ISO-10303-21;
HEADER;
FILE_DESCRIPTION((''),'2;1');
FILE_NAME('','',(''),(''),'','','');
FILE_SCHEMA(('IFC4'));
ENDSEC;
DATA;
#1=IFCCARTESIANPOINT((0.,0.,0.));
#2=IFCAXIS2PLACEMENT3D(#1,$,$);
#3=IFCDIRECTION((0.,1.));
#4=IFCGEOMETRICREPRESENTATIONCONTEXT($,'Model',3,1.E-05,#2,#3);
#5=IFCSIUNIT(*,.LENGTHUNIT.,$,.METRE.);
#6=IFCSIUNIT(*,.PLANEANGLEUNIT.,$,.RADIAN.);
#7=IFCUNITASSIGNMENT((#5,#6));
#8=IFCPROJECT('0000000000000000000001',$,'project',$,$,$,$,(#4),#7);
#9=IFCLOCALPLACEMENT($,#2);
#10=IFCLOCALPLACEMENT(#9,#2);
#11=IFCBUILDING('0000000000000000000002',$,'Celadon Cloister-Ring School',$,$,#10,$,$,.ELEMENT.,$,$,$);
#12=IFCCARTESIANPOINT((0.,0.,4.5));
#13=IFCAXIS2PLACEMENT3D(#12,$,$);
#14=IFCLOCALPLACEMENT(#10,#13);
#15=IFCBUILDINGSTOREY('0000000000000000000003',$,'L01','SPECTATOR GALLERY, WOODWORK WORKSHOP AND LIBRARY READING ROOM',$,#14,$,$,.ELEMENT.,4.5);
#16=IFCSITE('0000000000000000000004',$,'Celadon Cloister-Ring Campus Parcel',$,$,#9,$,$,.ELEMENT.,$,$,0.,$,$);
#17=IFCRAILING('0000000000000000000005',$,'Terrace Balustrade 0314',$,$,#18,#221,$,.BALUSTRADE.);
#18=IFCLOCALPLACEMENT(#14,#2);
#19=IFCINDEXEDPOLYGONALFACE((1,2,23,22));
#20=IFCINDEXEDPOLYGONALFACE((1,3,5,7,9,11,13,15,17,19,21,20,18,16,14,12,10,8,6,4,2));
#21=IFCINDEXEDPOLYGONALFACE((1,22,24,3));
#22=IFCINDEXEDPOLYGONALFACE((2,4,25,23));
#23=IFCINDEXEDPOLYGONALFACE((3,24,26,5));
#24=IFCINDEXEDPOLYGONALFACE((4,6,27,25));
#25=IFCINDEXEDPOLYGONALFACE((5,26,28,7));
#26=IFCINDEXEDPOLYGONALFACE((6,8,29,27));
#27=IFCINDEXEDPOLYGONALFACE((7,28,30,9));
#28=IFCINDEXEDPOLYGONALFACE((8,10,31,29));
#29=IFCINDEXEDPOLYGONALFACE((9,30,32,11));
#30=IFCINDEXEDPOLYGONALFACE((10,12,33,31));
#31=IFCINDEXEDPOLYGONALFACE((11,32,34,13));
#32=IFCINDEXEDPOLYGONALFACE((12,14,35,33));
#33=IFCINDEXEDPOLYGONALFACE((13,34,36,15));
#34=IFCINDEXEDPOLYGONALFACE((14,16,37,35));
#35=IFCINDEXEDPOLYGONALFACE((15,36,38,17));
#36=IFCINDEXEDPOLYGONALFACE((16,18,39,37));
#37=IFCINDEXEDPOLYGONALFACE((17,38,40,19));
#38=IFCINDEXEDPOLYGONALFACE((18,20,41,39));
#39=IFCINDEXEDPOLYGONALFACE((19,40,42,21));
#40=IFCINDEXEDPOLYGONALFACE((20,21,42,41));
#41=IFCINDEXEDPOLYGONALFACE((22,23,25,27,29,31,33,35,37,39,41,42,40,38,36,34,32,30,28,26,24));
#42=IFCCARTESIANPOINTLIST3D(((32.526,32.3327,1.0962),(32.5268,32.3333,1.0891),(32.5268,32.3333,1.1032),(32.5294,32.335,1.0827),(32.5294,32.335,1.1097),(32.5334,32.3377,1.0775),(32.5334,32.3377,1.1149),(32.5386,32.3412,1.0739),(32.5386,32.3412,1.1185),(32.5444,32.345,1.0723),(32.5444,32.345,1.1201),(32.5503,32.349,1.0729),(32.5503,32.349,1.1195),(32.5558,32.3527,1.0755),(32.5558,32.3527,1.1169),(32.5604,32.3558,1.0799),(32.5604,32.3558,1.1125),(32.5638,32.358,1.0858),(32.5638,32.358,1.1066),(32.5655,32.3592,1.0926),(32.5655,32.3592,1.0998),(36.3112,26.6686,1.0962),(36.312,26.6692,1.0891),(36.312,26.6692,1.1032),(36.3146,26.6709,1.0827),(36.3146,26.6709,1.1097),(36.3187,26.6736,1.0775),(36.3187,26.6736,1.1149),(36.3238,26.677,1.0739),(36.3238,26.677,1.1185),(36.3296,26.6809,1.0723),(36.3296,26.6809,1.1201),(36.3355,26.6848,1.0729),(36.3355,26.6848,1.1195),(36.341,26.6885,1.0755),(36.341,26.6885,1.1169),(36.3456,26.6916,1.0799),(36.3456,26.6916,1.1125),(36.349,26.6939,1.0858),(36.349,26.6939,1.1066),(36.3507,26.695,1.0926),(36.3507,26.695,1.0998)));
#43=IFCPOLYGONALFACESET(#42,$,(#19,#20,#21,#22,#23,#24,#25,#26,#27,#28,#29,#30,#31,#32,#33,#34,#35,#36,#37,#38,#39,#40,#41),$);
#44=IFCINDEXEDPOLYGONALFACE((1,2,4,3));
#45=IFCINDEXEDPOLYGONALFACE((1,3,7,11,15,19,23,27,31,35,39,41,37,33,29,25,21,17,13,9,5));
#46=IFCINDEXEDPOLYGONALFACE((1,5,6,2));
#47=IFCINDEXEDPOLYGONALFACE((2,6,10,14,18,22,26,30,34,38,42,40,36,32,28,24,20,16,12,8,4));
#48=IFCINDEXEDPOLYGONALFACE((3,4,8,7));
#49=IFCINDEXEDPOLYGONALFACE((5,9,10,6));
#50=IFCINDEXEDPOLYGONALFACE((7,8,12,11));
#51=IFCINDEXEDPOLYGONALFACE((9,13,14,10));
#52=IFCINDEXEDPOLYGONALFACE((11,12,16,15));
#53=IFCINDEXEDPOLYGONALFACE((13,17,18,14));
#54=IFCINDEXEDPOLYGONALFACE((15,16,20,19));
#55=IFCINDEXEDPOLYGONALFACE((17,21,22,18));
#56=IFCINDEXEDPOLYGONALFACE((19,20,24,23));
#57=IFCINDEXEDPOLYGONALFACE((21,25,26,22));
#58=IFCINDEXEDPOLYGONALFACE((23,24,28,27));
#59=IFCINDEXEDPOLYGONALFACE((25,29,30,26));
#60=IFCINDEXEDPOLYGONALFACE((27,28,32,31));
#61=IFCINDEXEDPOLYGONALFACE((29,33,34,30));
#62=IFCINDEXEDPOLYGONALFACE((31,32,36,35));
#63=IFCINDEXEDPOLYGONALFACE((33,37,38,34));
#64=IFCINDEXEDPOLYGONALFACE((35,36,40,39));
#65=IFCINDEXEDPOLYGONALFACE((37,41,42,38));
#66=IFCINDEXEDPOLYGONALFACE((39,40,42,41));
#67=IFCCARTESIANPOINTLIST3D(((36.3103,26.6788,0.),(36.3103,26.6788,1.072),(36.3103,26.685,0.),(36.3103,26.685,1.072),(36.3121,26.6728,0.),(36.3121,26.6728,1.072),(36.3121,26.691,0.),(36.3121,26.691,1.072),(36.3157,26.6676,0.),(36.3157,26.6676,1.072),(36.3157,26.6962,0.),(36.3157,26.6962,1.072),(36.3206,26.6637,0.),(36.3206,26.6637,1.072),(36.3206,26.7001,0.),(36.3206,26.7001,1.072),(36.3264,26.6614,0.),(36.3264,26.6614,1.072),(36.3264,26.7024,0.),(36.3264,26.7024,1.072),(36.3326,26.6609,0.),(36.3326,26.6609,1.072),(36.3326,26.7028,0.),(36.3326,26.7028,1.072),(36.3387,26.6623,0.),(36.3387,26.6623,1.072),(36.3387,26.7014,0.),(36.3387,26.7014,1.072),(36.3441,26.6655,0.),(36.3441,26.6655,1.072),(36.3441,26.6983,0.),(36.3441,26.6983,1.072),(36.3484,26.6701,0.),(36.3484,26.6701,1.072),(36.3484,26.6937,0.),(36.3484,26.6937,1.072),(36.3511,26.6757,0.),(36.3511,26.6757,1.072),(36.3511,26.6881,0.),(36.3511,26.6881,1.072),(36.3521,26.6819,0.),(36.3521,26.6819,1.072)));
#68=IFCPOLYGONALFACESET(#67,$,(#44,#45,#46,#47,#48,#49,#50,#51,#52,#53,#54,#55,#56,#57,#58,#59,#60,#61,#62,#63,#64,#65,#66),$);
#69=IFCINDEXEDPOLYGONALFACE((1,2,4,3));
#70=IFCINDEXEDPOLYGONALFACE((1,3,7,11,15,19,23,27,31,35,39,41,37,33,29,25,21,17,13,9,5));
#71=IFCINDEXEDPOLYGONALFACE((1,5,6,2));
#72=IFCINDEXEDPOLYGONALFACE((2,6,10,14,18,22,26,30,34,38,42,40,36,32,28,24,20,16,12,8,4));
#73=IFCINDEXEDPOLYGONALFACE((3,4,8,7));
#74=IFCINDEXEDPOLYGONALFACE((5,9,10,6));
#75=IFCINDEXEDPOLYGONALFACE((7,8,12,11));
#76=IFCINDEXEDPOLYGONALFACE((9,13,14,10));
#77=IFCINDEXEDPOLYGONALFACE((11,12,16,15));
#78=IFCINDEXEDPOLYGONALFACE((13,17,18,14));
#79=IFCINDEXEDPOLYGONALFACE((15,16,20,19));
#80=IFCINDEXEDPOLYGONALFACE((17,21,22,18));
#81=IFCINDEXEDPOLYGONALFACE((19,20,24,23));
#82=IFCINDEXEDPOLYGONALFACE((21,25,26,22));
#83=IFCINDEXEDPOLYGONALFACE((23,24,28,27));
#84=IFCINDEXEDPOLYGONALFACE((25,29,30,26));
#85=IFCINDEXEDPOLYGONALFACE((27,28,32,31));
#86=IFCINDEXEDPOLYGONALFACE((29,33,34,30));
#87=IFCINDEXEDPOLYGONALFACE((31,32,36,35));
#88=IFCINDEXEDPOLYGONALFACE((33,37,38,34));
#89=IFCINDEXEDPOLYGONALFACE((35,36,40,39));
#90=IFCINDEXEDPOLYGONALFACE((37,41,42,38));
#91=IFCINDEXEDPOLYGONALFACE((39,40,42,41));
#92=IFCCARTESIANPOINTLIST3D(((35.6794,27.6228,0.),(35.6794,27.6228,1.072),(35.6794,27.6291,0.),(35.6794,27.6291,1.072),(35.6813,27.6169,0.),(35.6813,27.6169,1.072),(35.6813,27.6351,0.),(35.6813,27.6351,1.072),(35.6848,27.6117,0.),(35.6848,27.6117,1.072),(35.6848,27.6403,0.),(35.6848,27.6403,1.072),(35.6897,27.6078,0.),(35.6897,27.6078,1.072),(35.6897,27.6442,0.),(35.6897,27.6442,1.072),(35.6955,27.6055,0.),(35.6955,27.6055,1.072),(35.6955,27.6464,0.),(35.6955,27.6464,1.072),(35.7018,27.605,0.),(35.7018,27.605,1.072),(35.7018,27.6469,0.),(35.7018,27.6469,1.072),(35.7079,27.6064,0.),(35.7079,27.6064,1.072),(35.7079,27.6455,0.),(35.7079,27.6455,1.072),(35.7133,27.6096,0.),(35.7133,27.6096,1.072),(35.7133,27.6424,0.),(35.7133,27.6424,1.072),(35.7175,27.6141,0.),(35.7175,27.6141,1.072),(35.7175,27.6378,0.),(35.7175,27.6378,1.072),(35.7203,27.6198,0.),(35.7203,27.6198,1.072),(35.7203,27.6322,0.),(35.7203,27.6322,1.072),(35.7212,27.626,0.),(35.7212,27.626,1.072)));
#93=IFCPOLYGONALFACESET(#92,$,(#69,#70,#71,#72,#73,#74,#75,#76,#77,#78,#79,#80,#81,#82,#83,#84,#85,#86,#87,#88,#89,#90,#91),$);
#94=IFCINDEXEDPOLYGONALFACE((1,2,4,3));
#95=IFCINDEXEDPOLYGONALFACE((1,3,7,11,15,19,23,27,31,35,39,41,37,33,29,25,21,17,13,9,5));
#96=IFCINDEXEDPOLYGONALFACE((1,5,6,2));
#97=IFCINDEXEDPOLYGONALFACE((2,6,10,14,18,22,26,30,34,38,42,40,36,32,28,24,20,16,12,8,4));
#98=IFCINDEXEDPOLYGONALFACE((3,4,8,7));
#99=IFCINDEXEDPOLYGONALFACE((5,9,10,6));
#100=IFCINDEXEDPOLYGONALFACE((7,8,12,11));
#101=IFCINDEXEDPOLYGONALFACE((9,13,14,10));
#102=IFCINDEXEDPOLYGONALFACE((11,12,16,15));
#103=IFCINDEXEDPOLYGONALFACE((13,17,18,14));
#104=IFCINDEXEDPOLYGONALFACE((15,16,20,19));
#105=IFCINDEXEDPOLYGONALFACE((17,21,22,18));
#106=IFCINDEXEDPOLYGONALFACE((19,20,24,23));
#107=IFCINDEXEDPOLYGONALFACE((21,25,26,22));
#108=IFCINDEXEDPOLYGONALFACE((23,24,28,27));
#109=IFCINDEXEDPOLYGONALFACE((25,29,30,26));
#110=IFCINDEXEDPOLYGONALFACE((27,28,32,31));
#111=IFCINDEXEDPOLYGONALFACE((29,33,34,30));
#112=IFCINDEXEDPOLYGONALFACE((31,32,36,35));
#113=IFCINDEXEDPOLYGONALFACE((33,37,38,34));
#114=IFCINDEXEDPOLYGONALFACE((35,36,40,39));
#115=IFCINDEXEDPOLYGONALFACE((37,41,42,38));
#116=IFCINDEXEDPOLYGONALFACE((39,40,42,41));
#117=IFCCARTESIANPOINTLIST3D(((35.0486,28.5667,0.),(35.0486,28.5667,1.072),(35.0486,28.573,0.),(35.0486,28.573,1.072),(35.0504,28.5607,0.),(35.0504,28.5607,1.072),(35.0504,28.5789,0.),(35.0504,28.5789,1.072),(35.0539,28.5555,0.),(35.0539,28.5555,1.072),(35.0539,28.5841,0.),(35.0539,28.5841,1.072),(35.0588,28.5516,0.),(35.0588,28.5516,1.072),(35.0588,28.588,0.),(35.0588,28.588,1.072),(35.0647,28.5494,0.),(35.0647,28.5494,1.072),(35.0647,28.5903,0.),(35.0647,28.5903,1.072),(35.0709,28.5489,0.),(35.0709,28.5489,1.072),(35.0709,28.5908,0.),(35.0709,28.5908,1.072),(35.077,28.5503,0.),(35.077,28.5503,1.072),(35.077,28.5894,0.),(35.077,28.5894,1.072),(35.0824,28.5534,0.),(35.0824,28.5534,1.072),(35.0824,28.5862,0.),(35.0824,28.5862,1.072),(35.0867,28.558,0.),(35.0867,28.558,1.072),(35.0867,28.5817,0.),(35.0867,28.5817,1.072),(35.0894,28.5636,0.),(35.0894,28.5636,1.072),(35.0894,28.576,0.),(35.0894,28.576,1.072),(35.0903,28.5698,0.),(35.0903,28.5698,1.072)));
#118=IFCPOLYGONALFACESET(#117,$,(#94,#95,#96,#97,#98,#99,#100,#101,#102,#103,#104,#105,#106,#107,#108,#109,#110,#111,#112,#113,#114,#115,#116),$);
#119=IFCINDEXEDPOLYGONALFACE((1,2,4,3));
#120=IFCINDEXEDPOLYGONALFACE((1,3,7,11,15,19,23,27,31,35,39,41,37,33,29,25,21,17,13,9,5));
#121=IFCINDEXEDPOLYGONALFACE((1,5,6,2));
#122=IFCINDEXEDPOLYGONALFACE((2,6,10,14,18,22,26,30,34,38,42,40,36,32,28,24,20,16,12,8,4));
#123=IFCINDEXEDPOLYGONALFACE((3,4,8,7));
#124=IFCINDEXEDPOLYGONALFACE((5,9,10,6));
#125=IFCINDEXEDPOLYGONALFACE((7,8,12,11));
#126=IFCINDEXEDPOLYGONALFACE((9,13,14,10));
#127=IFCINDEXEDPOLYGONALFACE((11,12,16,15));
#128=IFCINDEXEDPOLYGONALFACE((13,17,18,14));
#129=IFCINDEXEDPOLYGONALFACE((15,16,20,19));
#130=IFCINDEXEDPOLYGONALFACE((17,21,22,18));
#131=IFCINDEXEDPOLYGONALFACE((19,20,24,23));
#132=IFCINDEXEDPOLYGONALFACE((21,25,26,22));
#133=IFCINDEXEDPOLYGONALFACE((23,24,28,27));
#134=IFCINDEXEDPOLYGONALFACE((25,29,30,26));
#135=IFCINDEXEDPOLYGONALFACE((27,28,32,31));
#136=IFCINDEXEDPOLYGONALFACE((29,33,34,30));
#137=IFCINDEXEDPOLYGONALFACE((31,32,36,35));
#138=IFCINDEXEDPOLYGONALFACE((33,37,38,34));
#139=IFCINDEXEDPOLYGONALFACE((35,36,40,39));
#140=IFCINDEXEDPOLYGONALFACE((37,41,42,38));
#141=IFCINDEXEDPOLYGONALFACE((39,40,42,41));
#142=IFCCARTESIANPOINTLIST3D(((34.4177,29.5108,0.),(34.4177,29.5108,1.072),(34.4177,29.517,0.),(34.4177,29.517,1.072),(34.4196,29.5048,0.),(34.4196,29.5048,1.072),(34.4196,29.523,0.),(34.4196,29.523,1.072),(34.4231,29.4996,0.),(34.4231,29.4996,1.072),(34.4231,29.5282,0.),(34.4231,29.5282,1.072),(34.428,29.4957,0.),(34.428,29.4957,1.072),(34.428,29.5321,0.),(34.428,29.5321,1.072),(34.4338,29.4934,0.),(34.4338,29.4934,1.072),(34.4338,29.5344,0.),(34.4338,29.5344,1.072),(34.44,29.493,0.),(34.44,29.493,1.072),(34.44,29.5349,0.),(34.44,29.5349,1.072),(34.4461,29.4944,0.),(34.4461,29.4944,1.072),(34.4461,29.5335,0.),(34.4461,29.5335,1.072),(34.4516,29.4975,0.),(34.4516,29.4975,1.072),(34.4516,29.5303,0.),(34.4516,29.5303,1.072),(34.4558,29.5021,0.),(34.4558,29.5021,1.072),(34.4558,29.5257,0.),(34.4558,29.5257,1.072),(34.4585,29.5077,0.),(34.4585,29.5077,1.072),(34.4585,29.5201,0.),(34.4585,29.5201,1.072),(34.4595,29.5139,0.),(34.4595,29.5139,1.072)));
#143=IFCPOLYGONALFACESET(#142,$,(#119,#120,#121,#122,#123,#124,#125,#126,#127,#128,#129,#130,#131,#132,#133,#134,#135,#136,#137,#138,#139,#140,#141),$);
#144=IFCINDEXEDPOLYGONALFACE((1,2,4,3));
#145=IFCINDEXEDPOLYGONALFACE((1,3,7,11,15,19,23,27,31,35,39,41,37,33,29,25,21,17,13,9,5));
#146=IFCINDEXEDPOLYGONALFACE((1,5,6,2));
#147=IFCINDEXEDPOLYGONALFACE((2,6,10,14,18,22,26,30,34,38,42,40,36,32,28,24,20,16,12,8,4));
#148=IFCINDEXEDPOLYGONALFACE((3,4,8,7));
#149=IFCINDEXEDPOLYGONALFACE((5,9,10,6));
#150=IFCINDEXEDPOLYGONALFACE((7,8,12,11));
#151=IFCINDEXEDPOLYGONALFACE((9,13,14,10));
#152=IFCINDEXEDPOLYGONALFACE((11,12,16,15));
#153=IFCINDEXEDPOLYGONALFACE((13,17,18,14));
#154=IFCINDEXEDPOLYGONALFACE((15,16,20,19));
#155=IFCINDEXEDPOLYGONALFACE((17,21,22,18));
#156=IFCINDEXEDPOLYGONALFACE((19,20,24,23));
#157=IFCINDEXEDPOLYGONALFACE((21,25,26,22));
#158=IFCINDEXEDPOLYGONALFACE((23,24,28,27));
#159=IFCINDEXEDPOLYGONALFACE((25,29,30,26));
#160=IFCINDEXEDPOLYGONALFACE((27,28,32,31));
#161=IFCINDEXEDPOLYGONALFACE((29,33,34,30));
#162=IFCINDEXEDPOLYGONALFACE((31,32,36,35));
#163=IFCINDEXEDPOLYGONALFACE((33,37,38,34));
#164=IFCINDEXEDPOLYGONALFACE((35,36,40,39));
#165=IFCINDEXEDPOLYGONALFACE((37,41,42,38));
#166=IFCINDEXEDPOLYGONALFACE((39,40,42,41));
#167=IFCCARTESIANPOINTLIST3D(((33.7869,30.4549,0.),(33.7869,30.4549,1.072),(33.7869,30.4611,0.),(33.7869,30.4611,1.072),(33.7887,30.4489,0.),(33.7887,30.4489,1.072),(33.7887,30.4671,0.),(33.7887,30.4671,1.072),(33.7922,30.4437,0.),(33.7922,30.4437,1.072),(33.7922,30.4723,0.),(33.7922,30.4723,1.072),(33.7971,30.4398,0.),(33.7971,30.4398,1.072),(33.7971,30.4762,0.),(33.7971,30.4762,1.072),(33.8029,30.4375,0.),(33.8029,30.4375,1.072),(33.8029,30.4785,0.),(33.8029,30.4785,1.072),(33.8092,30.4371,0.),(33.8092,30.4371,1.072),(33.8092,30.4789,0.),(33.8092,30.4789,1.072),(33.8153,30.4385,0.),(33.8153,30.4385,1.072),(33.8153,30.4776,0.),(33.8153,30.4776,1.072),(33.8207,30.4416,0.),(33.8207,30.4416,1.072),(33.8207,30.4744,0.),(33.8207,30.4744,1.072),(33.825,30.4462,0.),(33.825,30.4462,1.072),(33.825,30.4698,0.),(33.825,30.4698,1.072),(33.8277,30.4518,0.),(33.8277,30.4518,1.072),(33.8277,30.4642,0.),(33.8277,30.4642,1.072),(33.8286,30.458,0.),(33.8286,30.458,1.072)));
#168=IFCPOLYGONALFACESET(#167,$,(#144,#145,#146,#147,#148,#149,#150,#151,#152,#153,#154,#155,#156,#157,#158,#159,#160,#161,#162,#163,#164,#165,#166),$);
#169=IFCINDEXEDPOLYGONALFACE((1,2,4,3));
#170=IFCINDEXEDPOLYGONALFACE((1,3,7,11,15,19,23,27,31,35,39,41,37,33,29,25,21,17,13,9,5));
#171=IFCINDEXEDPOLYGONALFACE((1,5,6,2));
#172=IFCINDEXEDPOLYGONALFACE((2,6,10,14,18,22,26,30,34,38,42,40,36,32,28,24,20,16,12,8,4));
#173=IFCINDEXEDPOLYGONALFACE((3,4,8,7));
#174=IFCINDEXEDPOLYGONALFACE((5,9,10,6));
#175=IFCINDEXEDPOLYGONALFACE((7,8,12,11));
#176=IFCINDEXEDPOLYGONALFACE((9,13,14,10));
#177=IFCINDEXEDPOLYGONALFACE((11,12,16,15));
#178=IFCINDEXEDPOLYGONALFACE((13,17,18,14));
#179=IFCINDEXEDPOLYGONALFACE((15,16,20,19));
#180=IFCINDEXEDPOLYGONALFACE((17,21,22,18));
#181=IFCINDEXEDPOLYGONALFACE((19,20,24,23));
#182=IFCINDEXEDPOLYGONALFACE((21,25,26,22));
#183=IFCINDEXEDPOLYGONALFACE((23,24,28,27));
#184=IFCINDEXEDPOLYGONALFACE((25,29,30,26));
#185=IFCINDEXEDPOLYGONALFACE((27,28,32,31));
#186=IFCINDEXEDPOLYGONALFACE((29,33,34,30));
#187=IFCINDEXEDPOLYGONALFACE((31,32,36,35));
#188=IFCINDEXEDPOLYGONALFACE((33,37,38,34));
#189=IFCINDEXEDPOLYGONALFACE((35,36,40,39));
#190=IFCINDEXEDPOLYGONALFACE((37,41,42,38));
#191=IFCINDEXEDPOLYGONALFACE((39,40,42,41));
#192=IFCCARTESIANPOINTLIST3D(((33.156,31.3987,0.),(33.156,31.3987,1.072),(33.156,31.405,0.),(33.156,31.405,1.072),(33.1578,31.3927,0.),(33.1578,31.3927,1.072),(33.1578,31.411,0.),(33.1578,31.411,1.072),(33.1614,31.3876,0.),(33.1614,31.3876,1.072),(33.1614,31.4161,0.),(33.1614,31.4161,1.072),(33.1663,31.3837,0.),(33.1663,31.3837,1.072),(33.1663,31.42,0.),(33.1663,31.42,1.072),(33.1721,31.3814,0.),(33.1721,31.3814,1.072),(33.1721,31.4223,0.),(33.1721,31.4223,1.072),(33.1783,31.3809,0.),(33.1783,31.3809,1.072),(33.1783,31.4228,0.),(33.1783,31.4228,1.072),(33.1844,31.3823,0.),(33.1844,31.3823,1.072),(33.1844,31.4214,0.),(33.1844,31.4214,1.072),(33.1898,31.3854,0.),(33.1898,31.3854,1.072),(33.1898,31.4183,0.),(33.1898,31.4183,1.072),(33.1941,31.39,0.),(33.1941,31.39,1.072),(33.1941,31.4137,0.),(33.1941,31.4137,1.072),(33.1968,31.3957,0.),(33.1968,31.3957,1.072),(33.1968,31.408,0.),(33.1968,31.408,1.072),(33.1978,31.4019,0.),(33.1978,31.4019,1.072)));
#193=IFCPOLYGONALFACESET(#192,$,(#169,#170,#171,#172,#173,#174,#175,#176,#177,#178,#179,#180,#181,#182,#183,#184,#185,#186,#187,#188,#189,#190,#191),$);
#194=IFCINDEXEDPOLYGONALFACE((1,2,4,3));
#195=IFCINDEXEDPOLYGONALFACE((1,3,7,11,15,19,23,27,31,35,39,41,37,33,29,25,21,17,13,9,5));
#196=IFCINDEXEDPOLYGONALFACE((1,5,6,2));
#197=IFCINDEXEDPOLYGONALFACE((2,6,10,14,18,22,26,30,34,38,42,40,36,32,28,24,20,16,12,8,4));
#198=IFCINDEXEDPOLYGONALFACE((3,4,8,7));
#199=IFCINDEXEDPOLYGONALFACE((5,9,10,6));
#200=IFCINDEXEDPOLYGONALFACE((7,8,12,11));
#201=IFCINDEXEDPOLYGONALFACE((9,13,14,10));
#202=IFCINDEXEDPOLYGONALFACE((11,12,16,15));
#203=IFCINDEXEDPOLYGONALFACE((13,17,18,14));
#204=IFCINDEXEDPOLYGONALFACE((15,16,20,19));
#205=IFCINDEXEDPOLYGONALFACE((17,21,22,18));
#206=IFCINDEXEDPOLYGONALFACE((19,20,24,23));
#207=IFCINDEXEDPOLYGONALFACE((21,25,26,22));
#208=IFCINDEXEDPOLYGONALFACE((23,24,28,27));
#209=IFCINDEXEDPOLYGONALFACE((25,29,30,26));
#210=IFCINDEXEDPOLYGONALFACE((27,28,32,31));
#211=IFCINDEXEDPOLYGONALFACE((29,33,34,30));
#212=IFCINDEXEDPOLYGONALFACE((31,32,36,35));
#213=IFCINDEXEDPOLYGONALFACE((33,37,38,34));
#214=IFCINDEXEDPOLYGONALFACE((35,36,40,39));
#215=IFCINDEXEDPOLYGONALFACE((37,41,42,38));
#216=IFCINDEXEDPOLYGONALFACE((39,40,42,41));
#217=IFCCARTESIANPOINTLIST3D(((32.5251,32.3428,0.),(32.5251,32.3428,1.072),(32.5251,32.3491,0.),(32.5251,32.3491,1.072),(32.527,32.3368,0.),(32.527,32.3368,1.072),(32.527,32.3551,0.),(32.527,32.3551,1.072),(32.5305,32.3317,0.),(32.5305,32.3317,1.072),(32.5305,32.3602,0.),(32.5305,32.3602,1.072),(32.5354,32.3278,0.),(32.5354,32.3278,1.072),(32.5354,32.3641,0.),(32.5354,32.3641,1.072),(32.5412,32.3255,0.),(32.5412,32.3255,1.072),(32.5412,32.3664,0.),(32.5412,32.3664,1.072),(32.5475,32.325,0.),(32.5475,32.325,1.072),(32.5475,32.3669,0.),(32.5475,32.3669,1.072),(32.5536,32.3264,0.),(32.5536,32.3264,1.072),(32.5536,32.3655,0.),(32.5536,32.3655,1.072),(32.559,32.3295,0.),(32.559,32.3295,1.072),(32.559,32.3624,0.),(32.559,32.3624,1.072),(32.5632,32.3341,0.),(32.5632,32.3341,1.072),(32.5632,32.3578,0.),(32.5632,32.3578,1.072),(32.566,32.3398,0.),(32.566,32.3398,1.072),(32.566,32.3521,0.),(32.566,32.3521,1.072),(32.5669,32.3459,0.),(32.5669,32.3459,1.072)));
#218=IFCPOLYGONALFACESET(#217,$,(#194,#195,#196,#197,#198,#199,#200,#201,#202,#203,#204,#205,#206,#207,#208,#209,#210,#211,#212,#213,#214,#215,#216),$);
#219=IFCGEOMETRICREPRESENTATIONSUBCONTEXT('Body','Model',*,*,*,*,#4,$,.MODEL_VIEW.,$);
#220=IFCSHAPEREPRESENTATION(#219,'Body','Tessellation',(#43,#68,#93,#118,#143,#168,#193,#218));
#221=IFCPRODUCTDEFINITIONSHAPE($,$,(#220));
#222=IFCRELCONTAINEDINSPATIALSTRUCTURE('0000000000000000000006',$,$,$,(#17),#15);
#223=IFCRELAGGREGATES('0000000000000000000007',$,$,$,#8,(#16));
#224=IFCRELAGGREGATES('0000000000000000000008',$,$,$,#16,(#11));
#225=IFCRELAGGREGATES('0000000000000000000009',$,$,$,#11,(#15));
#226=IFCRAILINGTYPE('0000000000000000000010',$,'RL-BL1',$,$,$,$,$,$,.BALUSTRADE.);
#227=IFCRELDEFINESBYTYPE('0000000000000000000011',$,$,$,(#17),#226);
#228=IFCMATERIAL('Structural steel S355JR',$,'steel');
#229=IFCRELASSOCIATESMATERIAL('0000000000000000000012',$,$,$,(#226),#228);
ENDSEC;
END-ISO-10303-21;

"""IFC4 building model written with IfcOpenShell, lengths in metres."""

from ifc_helpers import new_model, si_unit, direction, frame, origin, origin_2d, place, context, subcontext, project, spatial, circle, extrude, material, type_object, element, save


model = new_model("IFC4")

# Units and contexts
model_context = context("Model", 3, precision=1e-05, world=origin(), true_north=direction((0.0, 1.0)))
body_context = subcontext(model_context, "Body", "Model", "MODEL_VIEW")
ifc_project = project(units=[si_unit("LENGTHUNIT", "METRE"), si_unit("PLANEANGLEUNIT", "RADIAN")], contexts=[model_context])

# Site, building, storey
site_placement = place(None, origin())
site = spatial("IfcSite", under=ifc_project, at=site_placement, Name="Celadon Cloister-Ring Campus Parcel", CompositionType="ELEMENT", RefElevation=0.0)
building_placement = place(site_placement, origin())
building = spatial("IfcBuilding", under=site, at=building_placement, Name="Celadon Cloister-Ring School", CompositionType="ELEMENT")
storey_placement = place(building_placement, frame((0.0, 0.0, 4.5)))
storey = spatial("IfcBuildingStorey", under=building, at=storey_placement, Name="L01", Description="SPECTATOR GALLERY, WOODWORK WORKSHOP AND LIBRARY READING ROOM", CompositionType="ELEMENT", Elevation=4.5)

# Railing
ifc_material_1 = material(Name="Structural steel S355JR", Category="steel")
railing_type_1 = type_object("IfcRailingType", Name="RL-BL1", PredefinedType="BALUSTRADE", material=ifc_material_1)
railing_1_placement = place(storey_placement, frame((36.3311, 26.6819, 0.0)))
element("IfcRailing", 1, at=railing_1_placement, inside=storey, type_object=railing_type_1, Name="Terrace Balustrade 0314", PredefinedType="BALUSTRADE", context=body_context, shape_type="SweptSolid", body=[
    extrude(circle(Radius=0.0239, at=origin_2d()), frame((0.0, 0.0, 1.0962), z_axis=(-0.555626, 0.831432, 0.0), x_axis=(-0.831432, -0.555626, 0.0)), (0.0, 0.0, 1.0), 6.8125),
    extrude(circle(Radius=0.021, at=origin_2d()), origin(), (0.0, 0.0, 1.0), 1.072),
    extrude(circle(Radius=0.021, at=origin_2d()), frame((-0.6309, 0.9441, 0.0)), (0.0, 0.0, 1.0), 1.072),
    extrude(circle(Radius=0.021, at=origin_2d()), frame((-1.2617, 1.8879, 0.0)), (0.0, 0.0, 1.0), 1.072),
    extrude(circle(Radius=0.021, at=origin_2d()), frame((-1.8926, 2.832, 0.0)), (0.0, 0.0, 1.0), 1.072),
    extrude(circle(Radius=0.021, at=origin_2d()), frame((-2.5234, 3.7761, 0.0)), (0.0, 0.0, 1.0), 1.072),
    extrude(circle(Radius=0.021, at=origin_2d()), frame((-3.1543, 4.72, 0.0)), (0.0, 0.0, 1.0), 1.072),
    extrude(circle(Radius=0.021, at=origin_2d()), frame((-3.7852, 5.6641, 0.0)), (0.0, 0.0, 1.0), 1.072),
])

save(model, "model.ifc")
